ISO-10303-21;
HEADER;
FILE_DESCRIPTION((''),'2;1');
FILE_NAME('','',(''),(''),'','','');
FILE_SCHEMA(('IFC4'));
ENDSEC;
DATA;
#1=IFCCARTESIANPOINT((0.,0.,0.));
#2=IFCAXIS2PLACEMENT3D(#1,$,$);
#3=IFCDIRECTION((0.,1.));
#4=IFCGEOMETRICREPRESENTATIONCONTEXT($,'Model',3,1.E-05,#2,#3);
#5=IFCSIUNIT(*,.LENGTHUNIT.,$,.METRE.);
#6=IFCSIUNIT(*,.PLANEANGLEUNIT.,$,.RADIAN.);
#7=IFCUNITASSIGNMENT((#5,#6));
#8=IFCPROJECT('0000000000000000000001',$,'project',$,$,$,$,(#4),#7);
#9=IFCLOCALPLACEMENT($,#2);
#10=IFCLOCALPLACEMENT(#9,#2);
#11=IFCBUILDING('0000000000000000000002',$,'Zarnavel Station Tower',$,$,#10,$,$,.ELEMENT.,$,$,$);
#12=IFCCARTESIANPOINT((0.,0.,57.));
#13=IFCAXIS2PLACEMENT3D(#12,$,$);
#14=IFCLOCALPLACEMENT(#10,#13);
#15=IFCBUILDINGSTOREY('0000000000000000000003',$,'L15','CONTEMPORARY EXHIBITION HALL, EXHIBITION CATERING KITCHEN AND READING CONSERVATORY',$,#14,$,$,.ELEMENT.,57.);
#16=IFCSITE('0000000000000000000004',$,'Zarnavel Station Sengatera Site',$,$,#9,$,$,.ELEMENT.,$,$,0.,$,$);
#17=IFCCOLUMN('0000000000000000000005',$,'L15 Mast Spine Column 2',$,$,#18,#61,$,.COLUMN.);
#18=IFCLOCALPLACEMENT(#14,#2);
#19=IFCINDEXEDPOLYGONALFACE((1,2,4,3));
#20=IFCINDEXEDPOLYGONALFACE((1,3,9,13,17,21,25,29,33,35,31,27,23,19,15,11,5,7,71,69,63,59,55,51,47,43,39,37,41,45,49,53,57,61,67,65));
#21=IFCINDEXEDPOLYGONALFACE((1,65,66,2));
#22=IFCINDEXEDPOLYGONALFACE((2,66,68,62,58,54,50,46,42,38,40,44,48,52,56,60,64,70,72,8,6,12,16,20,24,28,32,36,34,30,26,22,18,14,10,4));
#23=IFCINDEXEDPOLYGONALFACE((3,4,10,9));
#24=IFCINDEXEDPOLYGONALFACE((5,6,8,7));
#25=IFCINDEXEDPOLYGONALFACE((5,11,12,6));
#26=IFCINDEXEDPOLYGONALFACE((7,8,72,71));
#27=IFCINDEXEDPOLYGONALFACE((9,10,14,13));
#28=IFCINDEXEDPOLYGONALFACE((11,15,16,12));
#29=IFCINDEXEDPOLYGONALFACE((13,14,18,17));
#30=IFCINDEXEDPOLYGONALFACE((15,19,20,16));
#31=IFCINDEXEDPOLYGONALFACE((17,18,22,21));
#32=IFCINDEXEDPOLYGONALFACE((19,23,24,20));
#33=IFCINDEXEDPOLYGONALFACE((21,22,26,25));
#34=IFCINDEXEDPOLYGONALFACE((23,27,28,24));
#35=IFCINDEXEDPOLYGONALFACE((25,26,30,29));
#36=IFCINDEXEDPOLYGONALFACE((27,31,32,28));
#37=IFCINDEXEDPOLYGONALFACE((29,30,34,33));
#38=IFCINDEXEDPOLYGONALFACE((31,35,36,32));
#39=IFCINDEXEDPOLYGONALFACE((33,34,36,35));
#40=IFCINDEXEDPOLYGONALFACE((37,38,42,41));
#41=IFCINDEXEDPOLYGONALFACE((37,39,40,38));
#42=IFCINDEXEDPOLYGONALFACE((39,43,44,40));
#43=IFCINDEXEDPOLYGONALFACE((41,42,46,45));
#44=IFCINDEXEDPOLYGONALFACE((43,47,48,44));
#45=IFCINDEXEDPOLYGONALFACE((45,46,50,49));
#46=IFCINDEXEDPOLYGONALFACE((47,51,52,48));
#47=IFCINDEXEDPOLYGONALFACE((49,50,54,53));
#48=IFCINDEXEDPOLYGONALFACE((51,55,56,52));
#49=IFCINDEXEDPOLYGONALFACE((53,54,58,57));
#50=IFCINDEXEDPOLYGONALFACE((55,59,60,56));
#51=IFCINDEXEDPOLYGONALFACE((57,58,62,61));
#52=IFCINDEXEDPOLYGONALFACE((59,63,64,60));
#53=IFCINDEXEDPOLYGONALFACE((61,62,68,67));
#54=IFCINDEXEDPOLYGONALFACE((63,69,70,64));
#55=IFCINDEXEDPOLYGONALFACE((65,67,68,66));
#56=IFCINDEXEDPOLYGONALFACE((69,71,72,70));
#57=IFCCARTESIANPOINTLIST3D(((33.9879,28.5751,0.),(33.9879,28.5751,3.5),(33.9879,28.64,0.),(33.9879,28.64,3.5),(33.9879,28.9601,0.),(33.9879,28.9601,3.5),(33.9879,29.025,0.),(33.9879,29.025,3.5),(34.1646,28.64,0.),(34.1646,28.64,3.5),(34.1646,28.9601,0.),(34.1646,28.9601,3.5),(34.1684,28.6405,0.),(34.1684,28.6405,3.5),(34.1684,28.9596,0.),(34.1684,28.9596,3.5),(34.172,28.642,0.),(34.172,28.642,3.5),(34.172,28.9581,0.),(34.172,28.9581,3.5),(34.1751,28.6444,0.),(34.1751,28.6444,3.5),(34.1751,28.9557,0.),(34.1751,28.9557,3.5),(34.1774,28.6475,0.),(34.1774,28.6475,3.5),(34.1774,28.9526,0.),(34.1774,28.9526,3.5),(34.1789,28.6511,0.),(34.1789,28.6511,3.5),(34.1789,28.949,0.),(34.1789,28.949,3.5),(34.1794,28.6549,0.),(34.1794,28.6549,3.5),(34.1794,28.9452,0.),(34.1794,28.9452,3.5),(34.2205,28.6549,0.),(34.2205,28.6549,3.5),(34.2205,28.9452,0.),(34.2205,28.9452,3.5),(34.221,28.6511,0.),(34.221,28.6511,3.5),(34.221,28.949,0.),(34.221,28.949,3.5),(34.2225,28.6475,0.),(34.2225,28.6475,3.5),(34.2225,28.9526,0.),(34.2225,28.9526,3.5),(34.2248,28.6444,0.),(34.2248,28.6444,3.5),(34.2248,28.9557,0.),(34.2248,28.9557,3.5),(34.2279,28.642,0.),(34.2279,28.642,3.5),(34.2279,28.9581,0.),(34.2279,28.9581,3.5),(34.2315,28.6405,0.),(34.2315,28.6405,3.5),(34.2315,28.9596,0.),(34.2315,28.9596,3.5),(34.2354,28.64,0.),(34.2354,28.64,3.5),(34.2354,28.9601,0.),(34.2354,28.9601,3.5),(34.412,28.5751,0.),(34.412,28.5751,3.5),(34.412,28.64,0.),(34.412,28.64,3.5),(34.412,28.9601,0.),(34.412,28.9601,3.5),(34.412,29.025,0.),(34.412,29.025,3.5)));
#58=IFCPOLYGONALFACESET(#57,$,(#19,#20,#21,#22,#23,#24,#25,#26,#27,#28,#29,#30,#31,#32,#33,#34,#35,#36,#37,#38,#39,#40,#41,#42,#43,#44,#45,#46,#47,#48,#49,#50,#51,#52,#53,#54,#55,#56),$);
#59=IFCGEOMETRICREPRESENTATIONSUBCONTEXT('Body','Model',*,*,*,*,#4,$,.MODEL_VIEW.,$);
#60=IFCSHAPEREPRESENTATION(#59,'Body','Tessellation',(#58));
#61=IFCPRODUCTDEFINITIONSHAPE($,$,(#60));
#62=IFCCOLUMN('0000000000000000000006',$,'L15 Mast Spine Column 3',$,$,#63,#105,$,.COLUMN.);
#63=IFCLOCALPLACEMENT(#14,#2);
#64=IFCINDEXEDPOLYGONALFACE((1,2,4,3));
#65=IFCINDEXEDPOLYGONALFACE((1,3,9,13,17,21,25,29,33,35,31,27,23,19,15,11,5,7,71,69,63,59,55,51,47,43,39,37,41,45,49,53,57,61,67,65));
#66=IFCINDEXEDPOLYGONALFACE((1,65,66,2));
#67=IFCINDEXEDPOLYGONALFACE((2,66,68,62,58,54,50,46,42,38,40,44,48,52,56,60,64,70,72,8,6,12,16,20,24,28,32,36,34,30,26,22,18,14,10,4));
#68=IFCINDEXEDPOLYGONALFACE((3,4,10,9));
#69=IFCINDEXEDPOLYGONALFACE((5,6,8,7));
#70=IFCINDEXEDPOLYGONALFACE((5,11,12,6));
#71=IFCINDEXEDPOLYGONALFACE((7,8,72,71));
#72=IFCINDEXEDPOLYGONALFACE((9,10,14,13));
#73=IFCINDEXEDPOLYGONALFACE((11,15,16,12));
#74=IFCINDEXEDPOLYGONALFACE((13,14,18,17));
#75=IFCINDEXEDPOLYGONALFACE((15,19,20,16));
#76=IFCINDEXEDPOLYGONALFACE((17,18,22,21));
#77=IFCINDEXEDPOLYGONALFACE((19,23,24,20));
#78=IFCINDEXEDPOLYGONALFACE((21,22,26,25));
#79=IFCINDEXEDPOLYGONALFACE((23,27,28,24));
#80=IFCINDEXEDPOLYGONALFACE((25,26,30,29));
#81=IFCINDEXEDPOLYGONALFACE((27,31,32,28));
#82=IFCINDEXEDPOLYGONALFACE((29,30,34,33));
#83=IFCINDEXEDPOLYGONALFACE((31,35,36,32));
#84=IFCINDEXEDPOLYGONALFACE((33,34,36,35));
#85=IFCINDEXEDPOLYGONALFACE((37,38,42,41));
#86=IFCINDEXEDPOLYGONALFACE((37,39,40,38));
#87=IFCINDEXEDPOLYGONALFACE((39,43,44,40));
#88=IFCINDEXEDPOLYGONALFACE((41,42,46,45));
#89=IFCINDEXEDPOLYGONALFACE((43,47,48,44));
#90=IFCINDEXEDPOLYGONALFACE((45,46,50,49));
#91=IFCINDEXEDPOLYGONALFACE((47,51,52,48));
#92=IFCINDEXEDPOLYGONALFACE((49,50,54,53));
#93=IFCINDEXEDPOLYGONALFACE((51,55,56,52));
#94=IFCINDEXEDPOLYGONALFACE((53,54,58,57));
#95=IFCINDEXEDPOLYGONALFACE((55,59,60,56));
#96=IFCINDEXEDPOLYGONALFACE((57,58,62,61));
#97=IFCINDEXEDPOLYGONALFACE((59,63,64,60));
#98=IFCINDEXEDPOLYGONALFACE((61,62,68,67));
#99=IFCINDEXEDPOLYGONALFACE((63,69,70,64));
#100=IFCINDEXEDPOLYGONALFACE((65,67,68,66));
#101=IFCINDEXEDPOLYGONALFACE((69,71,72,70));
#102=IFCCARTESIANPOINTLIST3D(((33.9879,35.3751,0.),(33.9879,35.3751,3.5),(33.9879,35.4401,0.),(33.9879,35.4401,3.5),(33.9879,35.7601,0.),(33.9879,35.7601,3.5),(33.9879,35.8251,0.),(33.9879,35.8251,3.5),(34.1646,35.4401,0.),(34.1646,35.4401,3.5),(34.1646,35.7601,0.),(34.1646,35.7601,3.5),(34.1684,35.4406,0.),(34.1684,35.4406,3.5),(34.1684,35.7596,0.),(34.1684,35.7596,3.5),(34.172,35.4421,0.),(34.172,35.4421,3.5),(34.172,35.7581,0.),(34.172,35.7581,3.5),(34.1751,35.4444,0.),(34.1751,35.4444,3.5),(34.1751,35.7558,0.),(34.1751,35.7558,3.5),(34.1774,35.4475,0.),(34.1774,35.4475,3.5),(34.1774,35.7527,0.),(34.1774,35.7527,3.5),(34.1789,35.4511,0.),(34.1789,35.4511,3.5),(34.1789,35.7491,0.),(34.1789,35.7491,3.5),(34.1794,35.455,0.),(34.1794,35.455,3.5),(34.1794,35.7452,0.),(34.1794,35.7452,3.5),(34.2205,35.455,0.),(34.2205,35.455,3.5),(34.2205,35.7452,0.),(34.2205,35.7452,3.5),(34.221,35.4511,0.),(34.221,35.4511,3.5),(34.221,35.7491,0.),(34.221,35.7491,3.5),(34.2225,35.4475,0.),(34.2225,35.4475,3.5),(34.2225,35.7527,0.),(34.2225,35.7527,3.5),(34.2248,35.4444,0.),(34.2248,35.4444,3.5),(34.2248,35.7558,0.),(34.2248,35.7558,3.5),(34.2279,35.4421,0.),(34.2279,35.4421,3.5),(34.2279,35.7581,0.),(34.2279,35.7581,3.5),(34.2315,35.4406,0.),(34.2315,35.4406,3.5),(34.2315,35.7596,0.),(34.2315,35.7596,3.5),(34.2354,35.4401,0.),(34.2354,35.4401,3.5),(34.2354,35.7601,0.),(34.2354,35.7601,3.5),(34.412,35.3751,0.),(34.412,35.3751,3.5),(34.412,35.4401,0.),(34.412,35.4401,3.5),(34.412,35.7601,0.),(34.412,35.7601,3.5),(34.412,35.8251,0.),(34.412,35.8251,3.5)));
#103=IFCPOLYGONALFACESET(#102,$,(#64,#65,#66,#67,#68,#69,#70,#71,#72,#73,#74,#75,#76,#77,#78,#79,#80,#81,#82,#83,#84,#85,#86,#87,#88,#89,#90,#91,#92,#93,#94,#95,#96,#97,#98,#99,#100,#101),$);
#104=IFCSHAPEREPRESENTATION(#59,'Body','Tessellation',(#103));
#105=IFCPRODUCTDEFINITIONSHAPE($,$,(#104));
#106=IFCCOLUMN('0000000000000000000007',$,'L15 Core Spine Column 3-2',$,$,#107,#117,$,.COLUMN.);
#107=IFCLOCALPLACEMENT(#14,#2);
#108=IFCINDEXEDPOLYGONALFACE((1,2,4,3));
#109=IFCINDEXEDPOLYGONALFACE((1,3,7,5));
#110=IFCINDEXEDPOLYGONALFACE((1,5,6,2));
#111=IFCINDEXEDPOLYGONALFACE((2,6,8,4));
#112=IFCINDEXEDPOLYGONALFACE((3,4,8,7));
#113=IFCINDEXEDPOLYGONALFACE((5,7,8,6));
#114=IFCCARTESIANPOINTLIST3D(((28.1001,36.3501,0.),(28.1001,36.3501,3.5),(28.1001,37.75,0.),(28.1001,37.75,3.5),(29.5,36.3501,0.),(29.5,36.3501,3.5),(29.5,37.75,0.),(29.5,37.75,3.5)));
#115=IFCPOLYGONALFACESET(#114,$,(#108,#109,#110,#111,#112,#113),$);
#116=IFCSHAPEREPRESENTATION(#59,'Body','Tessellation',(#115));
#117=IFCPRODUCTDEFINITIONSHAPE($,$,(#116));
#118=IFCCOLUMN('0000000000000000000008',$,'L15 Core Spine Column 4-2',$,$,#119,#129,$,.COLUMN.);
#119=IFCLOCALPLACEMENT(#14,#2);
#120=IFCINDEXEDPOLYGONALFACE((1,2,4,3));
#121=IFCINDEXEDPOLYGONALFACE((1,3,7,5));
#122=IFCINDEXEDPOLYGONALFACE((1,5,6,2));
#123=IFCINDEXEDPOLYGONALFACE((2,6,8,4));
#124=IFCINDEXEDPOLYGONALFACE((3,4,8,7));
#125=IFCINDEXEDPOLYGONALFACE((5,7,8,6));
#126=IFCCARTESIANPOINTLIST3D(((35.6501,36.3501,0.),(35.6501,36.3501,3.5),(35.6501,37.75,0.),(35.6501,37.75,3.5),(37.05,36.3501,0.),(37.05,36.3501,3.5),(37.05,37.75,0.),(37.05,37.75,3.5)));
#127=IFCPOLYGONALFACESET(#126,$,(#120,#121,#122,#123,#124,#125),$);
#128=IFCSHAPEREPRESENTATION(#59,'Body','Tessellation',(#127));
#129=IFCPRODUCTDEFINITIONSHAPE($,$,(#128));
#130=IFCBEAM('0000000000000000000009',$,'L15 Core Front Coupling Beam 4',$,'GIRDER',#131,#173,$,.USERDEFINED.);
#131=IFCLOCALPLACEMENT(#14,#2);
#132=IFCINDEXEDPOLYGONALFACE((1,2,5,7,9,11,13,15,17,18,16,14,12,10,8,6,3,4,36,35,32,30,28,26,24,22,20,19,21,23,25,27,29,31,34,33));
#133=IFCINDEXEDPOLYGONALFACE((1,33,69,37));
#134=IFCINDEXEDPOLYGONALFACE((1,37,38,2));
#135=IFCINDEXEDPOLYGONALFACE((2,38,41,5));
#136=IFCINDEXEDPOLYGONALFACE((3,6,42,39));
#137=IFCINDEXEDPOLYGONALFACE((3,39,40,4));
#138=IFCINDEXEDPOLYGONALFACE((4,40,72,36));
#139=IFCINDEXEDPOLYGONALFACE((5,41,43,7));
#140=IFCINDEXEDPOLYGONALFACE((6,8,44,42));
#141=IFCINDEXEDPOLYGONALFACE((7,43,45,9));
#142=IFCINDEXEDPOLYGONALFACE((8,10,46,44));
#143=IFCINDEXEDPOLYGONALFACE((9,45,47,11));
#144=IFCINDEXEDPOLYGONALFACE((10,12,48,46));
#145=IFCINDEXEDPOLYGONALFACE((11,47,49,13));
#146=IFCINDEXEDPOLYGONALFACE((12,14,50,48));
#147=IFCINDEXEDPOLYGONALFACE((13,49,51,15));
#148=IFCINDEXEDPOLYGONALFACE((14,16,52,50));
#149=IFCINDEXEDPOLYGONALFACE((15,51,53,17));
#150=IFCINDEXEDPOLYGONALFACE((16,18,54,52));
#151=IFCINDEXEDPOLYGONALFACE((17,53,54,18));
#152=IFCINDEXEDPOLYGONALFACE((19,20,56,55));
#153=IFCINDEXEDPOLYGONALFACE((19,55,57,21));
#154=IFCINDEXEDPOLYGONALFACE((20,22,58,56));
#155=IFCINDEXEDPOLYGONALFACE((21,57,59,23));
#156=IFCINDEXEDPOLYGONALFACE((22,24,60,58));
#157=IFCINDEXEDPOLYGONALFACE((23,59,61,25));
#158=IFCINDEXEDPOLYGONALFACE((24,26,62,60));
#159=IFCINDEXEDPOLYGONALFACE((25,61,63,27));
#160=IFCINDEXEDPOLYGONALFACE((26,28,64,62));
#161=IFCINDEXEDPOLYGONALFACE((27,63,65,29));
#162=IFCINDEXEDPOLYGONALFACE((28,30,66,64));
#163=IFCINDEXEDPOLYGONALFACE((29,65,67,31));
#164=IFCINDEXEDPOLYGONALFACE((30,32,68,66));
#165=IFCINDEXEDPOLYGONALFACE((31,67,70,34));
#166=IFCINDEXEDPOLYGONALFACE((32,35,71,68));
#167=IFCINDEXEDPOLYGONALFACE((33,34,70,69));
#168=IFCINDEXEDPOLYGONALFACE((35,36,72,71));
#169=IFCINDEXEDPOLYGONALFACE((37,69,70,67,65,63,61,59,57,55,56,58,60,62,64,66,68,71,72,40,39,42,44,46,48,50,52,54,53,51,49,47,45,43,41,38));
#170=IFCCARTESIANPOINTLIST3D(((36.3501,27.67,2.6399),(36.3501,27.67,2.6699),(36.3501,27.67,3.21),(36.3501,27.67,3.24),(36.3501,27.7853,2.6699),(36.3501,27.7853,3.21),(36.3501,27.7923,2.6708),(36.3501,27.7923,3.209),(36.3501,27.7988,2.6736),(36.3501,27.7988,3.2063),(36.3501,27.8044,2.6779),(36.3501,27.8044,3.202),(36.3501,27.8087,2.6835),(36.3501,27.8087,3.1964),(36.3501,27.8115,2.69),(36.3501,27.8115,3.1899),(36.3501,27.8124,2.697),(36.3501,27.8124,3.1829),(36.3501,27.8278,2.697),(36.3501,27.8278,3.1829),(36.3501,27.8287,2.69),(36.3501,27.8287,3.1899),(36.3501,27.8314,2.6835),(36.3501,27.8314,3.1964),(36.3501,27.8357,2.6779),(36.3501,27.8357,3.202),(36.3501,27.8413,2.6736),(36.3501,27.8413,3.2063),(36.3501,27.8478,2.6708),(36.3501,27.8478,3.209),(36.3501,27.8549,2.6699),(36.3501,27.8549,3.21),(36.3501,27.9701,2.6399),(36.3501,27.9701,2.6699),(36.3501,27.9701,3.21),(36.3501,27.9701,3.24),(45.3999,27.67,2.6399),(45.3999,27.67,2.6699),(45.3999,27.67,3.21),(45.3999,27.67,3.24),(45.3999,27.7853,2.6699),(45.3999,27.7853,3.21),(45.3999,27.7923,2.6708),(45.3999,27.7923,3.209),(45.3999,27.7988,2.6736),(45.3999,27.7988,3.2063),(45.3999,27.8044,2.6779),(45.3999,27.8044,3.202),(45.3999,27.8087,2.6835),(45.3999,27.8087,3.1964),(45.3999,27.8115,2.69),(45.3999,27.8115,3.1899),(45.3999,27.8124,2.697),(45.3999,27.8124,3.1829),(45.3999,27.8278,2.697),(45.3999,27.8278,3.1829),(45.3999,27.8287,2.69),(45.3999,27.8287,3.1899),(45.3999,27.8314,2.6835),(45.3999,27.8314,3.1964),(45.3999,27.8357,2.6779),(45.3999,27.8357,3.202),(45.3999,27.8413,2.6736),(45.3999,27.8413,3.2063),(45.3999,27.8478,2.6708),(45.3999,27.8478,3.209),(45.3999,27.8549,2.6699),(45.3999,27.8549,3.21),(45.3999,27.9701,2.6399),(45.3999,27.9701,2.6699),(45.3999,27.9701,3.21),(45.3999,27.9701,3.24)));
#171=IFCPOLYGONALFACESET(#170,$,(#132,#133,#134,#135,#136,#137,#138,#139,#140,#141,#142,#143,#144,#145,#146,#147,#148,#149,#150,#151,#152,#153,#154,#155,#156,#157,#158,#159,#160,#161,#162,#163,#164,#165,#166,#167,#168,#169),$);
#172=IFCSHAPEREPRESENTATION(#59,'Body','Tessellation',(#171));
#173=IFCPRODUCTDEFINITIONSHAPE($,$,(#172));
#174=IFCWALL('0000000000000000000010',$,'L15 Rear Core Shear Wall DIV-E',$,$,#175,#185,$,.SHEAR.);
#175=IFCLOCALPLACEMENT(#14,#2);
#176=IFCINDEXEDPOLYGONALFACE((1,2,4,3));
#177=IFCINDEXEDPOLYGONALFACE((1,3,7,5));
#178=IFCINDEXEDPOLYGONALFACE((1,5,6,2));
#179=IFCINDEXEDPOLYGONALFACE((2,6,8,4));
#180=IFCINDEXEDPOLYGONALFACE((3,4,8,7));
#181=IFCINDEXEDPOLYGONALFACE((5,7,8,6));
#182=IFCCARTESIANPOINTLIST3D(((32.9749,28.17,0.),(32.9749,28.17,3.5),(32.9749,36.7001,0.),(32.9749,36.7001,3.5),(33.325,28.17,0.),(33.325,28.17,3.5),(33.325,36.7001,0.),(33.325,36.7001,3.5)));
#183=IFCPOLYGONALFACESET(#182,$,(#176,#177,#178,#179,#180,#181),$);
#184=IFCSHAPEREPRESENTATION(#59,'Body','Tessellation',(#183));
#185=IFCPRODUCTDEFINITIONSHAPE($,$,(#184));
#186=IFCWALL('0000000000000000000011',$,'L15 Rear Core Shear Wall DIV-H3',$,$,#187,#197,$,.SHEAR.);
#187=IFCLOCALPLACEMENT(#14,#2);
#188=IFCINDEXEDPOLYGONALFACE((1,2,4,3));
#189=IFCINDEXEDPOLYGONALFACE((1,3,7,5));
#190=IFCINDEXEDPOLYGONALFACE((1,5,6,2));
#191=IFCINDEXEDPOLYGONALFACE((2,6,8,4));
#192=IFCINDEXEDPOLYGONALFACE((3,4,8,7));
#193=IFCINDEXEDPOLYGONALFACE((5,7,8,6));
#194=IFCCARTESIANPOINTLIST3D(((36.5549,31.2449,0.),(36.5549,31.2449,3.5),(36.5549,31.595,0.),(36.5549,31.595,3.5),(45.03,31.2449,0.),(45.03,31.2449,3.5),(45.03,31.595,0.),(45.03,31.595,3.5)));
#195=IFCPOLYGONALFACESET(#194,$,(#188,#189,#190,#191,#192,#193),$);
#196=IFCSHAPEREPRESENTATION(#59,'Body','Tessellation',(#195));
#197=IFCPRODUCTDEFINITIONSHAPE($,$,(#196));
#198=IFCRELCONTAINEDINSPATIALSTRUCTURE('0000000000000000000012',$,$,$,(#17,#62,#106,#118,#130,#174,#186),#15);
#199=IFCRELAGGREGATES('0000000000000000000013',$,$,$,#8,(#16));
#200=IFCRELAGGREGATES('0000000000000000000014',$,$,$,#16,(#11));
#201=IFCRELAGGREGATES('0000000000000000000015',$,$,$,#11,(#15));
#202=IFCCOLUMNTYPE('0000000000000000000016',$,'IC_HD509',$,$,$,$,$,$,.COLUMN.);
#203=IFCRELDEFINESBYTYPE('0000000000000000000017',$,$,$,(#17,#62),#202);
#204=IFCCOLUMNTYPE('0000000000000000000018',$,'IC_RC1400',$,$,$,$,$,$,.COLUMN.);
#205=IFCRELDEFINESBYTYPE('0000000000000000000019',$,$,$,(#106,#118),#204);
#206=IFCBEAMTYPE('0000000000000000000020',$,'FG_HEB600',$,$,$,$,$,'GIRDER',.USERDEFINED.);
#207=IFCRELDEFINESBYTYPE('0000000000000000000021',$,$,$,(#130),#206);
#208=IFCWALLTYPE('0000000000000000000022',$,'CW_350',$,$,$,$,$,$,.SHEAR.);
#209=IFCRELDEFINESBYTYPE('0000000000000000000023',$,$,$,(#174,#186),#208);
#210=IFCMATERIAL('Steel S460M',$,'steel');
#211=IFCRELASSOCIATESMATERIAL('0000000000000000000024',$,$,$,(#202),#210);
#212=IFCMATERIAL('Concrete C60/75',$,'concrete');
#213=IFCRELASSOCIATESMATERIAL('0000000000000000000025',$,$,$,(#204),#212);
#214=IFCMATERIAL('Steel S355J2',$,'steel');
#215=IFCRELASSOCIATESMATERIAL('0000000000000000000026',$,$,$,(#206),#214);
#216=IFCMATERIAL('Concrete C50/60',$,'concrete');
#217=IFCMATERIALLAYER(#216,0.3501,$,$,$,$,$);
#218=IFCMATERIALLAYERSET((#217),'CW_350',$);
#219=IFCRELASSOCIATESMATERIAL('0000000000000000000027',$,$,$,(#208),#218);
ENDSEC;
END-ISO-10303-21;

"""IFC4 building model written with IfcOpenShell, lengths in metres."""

from ifc_helpers import new_model, si_unit, direction, frame, frame_2d, origin, origin_2d, place, context, subcontext, project, spatial, rectangle, i_section, extrude, material, layer, layer_set, material_profile, profile_set, type_object, element, save


model = new_model("IFC4")

# Units and contexts
model_context = context("Model", 3, precision=1e-05, world=origin(), true_north=direction((0.0, 1.0)))
body_context = subcontext(model_context, "Body", "Model", "MODEL_VIEW")
ifc_project = project(units=[si_unit("LENGTHUNIT", "METRE"), si_unit("PLANEANGLEUNIT", "RADIAN")], contexts=[model_context])

# Site, building, storey
site_placement = place(None, origin())
site = spatial("IfcSite", under=ifc_project, at=site_placement, Name="Zarnavel Station Sengatera Site", CompositionType="ELEMENT", RefElevation=0.0)
building_placement = place(site_placement, origin())
building = spatial("IfcBuilding", under=site, at=building_placement, Name="Zarnavel Station Tower", CompositionType="ELEMENT")
storey_placement = place(building_placement, frame((0.0, 0.0, 57.0)))
storey = spatial("IfcBuildingStorey", under=building, at=storey_placement, Name="L15", Description="CONTEMPORARY EXHIBITION HALL, EXHIBITION CATERING KITCHEN AND READING CONSERVATORY", CompositionType="ELEMENT", Elevation=57.0)

# Columns
ifc_material_1 = material(Name="Steel S460M", Category="steel")
ifc_material_profile_1 = material_profile(ifc_material_1, i_section(OverallWidth=0.4241, OverallDepth=0.45, WebThickness=0.041, FlangeThickness=0.0649, FilletRadius=0.0149, at=origin_2d()), Name="HD400x509")
ifc_profile_set_1 = profile_set([ifc_material_profile_1], Name="Steel S460M")
column_type_1 = type_object("IfcColumnType", Name="IC_HD509", PredefinedType="COLUMN", material=ifc_profile_set_1)
for number, where, z_axis, x_axis, name in (
    (1, (34.2, 28.8, 0.0), (0.0, 0.0, 1.0), (1.0, 0.0, 0.0), "L15 Mast Spine Column 2"),
    (2, (34.2, 35.6001, 0.0), (0.0, 0.0, 1.0), (1.0, 0.0, 0.0), "L15 Mast Spine Column 3"),
):
    element("IfcColumn", number, at=place(storey_placement, frame(where, z_axis=z_axis, x_axis=x_axis)), inside=storey, type_object=column_type_1, Name=name, PredefinedType="COLUMN", context=body_context, shape_type="SweptSolid", body=[
        extrude(i_section(OverallWidth=0.4241, OverallDepth=0.45, WebThickness=0.041, FlangeThickness=0.0649, FilletRadius=0.0149, at=origin_2d()), origin(), (0.0, 0.0, 1.0), 3.5),
    ])
ifc_material_2 = material(Name="Concrete C60/75", Category="concrete")
ifc_material_profile_2 = material_profile(ifc_material_2, rectangle(XDim=1.3999, YDim=1.3999, at=origin_2d()), Name="RC1400x1400")
ifc_profile_set_2 = profile_set([ifc_material_profile_2], Name="Concrete C60/75")
column_type_2 = type_object("IfcColumnType", Name="IC_RC1400", PredefinedType="COLUMN", material=ifc_profile_set_2)
for number, where, z_axis, x_axis, name in (
    (3, (28.8, 37.05, 0.0), (0.0, 0.0, 1.0), (1.0, 0.0, 0.0), "L15 Core Spine Column 3-2"),
    (4, (36.3501, 37.05, 0.0), (0.0, 0.0, 1.0), (1.0, 0.0, 0.0), "L15 Core Spine Column 4-2"),
):
    element("IfcColumn", number, at=place(storey_placement, frame(where, z_axis=z_axis, x_axis=x_axis)), inside=storey, type_object=column_type_2, Name=name, PredefinedType="COLUMN", context=body_context, shape_type="SweptSolid", body=[
        extrude(rectangle(XDim=1.3999, YDim=1.3999, at=origin_2d()), origin(), (0.0, 0.0, 1.0), 3.5),
    ])

# Beam
ifc_material_3 = material(Name="Steel S355J2", Category="steel")
ifc_material_profile_3 = material_profile(ifc_material_3, i_section(OverallWidth=0.3, OverallDepth=0.6001, WebThickness=0.0154, FlangeThickness=0.03, FilletRadius=0.0271, at=origin_2d()), Name="HEB600")
ifc_profile_set_3 = profile_set([ifc_material_profile_3], Name="Steel S355J2")
beam_type = type_object("IfcBeamType", Name="FG_HEB600", ElementType="GIRDER", PredefinedType="USERDEFINED", material=ifc_profile_set_3)
beam_placement = place(storey_placement, frame((36.3501, 27.8201, 2.9399), z_axis=(1.0, 0.0, 0.0), x_axis=(0.0, 1.0, 0.0)))
element("IfcBeam", 5, at=beam_placement, inside=storey, type_object=beam_type, Name="L15 Core Front Coupling Beam 4", ObjectType="GIRDER", PredefinedType="USERDEFINED", context=body_context, shape_type="SweptSolid", body=[
    extrude(i_section(OverallWidth=0.3, OverallDepth=0.6001, WebThickness=0.0154, FlangeThickness=0.03, FilletRadius=0.0271, at=origin_2d()), origin(), (0.0, 0.0, 1.0), 9.0498),
])

# Wall
ifc_material_4 = material(Name="Concrete C50/60", Category="concrete")
ifc_layer_1 = layer(ifc_material_4, 0.3501)
ifc_layer_set_1 = layer_set([ifc_layer_1], Name="CW_350")
wall_type_1 = type_object("IfcWallType", Name="CW_350", PredefinedType="SHEAR", material=ifc_layer_set_1)
wall_1_placement = place(storey_placement, frame((33.1499, 28.1699, 0.0), z_axis=(0.0, 0.0, 1.0), x_axis=(0.0, 1.0, 0.0)))
element("IfcWall", 6, at=wall_1_placement, inside=storey, type_object=wall_type_1, Name="L15 Rear Core Shear Wall DIV-E", PredefinedType="SHEAR", context=body_context, shape_type="SweptSolid", body=[
    extrude(rectangle(XDim=8.53, YDim=0.3501, at=frame_2d((4.2651, 0.0))), origin(), (0.0, 0.0, 1.0), 3.5),
])

# Wall
wall_2_placement = place(storey_placement, frame((36.5549, 31.4199, 0.0), z_axis=(0.0, 0.0, 1.0), x_axis=(1.0, 0.0, 0.0)))
element("IfcWall", 7, at=wall_2_placement, inside=storey, type_object=wall_type_1, Name="L15 Rear Core Shear Wall DIV-H3", PredefinedType="SHEAR", context=body_context, shape_type="SweptSolid", body=[
    extrude(rectangle(XDim=8.4751, YDim=0.3501, at=frame_2d((4.2375, 0.0))), origin(), (0.0, 0.0, 1.0), 3.5),
])

save(model, "model.ifc")
